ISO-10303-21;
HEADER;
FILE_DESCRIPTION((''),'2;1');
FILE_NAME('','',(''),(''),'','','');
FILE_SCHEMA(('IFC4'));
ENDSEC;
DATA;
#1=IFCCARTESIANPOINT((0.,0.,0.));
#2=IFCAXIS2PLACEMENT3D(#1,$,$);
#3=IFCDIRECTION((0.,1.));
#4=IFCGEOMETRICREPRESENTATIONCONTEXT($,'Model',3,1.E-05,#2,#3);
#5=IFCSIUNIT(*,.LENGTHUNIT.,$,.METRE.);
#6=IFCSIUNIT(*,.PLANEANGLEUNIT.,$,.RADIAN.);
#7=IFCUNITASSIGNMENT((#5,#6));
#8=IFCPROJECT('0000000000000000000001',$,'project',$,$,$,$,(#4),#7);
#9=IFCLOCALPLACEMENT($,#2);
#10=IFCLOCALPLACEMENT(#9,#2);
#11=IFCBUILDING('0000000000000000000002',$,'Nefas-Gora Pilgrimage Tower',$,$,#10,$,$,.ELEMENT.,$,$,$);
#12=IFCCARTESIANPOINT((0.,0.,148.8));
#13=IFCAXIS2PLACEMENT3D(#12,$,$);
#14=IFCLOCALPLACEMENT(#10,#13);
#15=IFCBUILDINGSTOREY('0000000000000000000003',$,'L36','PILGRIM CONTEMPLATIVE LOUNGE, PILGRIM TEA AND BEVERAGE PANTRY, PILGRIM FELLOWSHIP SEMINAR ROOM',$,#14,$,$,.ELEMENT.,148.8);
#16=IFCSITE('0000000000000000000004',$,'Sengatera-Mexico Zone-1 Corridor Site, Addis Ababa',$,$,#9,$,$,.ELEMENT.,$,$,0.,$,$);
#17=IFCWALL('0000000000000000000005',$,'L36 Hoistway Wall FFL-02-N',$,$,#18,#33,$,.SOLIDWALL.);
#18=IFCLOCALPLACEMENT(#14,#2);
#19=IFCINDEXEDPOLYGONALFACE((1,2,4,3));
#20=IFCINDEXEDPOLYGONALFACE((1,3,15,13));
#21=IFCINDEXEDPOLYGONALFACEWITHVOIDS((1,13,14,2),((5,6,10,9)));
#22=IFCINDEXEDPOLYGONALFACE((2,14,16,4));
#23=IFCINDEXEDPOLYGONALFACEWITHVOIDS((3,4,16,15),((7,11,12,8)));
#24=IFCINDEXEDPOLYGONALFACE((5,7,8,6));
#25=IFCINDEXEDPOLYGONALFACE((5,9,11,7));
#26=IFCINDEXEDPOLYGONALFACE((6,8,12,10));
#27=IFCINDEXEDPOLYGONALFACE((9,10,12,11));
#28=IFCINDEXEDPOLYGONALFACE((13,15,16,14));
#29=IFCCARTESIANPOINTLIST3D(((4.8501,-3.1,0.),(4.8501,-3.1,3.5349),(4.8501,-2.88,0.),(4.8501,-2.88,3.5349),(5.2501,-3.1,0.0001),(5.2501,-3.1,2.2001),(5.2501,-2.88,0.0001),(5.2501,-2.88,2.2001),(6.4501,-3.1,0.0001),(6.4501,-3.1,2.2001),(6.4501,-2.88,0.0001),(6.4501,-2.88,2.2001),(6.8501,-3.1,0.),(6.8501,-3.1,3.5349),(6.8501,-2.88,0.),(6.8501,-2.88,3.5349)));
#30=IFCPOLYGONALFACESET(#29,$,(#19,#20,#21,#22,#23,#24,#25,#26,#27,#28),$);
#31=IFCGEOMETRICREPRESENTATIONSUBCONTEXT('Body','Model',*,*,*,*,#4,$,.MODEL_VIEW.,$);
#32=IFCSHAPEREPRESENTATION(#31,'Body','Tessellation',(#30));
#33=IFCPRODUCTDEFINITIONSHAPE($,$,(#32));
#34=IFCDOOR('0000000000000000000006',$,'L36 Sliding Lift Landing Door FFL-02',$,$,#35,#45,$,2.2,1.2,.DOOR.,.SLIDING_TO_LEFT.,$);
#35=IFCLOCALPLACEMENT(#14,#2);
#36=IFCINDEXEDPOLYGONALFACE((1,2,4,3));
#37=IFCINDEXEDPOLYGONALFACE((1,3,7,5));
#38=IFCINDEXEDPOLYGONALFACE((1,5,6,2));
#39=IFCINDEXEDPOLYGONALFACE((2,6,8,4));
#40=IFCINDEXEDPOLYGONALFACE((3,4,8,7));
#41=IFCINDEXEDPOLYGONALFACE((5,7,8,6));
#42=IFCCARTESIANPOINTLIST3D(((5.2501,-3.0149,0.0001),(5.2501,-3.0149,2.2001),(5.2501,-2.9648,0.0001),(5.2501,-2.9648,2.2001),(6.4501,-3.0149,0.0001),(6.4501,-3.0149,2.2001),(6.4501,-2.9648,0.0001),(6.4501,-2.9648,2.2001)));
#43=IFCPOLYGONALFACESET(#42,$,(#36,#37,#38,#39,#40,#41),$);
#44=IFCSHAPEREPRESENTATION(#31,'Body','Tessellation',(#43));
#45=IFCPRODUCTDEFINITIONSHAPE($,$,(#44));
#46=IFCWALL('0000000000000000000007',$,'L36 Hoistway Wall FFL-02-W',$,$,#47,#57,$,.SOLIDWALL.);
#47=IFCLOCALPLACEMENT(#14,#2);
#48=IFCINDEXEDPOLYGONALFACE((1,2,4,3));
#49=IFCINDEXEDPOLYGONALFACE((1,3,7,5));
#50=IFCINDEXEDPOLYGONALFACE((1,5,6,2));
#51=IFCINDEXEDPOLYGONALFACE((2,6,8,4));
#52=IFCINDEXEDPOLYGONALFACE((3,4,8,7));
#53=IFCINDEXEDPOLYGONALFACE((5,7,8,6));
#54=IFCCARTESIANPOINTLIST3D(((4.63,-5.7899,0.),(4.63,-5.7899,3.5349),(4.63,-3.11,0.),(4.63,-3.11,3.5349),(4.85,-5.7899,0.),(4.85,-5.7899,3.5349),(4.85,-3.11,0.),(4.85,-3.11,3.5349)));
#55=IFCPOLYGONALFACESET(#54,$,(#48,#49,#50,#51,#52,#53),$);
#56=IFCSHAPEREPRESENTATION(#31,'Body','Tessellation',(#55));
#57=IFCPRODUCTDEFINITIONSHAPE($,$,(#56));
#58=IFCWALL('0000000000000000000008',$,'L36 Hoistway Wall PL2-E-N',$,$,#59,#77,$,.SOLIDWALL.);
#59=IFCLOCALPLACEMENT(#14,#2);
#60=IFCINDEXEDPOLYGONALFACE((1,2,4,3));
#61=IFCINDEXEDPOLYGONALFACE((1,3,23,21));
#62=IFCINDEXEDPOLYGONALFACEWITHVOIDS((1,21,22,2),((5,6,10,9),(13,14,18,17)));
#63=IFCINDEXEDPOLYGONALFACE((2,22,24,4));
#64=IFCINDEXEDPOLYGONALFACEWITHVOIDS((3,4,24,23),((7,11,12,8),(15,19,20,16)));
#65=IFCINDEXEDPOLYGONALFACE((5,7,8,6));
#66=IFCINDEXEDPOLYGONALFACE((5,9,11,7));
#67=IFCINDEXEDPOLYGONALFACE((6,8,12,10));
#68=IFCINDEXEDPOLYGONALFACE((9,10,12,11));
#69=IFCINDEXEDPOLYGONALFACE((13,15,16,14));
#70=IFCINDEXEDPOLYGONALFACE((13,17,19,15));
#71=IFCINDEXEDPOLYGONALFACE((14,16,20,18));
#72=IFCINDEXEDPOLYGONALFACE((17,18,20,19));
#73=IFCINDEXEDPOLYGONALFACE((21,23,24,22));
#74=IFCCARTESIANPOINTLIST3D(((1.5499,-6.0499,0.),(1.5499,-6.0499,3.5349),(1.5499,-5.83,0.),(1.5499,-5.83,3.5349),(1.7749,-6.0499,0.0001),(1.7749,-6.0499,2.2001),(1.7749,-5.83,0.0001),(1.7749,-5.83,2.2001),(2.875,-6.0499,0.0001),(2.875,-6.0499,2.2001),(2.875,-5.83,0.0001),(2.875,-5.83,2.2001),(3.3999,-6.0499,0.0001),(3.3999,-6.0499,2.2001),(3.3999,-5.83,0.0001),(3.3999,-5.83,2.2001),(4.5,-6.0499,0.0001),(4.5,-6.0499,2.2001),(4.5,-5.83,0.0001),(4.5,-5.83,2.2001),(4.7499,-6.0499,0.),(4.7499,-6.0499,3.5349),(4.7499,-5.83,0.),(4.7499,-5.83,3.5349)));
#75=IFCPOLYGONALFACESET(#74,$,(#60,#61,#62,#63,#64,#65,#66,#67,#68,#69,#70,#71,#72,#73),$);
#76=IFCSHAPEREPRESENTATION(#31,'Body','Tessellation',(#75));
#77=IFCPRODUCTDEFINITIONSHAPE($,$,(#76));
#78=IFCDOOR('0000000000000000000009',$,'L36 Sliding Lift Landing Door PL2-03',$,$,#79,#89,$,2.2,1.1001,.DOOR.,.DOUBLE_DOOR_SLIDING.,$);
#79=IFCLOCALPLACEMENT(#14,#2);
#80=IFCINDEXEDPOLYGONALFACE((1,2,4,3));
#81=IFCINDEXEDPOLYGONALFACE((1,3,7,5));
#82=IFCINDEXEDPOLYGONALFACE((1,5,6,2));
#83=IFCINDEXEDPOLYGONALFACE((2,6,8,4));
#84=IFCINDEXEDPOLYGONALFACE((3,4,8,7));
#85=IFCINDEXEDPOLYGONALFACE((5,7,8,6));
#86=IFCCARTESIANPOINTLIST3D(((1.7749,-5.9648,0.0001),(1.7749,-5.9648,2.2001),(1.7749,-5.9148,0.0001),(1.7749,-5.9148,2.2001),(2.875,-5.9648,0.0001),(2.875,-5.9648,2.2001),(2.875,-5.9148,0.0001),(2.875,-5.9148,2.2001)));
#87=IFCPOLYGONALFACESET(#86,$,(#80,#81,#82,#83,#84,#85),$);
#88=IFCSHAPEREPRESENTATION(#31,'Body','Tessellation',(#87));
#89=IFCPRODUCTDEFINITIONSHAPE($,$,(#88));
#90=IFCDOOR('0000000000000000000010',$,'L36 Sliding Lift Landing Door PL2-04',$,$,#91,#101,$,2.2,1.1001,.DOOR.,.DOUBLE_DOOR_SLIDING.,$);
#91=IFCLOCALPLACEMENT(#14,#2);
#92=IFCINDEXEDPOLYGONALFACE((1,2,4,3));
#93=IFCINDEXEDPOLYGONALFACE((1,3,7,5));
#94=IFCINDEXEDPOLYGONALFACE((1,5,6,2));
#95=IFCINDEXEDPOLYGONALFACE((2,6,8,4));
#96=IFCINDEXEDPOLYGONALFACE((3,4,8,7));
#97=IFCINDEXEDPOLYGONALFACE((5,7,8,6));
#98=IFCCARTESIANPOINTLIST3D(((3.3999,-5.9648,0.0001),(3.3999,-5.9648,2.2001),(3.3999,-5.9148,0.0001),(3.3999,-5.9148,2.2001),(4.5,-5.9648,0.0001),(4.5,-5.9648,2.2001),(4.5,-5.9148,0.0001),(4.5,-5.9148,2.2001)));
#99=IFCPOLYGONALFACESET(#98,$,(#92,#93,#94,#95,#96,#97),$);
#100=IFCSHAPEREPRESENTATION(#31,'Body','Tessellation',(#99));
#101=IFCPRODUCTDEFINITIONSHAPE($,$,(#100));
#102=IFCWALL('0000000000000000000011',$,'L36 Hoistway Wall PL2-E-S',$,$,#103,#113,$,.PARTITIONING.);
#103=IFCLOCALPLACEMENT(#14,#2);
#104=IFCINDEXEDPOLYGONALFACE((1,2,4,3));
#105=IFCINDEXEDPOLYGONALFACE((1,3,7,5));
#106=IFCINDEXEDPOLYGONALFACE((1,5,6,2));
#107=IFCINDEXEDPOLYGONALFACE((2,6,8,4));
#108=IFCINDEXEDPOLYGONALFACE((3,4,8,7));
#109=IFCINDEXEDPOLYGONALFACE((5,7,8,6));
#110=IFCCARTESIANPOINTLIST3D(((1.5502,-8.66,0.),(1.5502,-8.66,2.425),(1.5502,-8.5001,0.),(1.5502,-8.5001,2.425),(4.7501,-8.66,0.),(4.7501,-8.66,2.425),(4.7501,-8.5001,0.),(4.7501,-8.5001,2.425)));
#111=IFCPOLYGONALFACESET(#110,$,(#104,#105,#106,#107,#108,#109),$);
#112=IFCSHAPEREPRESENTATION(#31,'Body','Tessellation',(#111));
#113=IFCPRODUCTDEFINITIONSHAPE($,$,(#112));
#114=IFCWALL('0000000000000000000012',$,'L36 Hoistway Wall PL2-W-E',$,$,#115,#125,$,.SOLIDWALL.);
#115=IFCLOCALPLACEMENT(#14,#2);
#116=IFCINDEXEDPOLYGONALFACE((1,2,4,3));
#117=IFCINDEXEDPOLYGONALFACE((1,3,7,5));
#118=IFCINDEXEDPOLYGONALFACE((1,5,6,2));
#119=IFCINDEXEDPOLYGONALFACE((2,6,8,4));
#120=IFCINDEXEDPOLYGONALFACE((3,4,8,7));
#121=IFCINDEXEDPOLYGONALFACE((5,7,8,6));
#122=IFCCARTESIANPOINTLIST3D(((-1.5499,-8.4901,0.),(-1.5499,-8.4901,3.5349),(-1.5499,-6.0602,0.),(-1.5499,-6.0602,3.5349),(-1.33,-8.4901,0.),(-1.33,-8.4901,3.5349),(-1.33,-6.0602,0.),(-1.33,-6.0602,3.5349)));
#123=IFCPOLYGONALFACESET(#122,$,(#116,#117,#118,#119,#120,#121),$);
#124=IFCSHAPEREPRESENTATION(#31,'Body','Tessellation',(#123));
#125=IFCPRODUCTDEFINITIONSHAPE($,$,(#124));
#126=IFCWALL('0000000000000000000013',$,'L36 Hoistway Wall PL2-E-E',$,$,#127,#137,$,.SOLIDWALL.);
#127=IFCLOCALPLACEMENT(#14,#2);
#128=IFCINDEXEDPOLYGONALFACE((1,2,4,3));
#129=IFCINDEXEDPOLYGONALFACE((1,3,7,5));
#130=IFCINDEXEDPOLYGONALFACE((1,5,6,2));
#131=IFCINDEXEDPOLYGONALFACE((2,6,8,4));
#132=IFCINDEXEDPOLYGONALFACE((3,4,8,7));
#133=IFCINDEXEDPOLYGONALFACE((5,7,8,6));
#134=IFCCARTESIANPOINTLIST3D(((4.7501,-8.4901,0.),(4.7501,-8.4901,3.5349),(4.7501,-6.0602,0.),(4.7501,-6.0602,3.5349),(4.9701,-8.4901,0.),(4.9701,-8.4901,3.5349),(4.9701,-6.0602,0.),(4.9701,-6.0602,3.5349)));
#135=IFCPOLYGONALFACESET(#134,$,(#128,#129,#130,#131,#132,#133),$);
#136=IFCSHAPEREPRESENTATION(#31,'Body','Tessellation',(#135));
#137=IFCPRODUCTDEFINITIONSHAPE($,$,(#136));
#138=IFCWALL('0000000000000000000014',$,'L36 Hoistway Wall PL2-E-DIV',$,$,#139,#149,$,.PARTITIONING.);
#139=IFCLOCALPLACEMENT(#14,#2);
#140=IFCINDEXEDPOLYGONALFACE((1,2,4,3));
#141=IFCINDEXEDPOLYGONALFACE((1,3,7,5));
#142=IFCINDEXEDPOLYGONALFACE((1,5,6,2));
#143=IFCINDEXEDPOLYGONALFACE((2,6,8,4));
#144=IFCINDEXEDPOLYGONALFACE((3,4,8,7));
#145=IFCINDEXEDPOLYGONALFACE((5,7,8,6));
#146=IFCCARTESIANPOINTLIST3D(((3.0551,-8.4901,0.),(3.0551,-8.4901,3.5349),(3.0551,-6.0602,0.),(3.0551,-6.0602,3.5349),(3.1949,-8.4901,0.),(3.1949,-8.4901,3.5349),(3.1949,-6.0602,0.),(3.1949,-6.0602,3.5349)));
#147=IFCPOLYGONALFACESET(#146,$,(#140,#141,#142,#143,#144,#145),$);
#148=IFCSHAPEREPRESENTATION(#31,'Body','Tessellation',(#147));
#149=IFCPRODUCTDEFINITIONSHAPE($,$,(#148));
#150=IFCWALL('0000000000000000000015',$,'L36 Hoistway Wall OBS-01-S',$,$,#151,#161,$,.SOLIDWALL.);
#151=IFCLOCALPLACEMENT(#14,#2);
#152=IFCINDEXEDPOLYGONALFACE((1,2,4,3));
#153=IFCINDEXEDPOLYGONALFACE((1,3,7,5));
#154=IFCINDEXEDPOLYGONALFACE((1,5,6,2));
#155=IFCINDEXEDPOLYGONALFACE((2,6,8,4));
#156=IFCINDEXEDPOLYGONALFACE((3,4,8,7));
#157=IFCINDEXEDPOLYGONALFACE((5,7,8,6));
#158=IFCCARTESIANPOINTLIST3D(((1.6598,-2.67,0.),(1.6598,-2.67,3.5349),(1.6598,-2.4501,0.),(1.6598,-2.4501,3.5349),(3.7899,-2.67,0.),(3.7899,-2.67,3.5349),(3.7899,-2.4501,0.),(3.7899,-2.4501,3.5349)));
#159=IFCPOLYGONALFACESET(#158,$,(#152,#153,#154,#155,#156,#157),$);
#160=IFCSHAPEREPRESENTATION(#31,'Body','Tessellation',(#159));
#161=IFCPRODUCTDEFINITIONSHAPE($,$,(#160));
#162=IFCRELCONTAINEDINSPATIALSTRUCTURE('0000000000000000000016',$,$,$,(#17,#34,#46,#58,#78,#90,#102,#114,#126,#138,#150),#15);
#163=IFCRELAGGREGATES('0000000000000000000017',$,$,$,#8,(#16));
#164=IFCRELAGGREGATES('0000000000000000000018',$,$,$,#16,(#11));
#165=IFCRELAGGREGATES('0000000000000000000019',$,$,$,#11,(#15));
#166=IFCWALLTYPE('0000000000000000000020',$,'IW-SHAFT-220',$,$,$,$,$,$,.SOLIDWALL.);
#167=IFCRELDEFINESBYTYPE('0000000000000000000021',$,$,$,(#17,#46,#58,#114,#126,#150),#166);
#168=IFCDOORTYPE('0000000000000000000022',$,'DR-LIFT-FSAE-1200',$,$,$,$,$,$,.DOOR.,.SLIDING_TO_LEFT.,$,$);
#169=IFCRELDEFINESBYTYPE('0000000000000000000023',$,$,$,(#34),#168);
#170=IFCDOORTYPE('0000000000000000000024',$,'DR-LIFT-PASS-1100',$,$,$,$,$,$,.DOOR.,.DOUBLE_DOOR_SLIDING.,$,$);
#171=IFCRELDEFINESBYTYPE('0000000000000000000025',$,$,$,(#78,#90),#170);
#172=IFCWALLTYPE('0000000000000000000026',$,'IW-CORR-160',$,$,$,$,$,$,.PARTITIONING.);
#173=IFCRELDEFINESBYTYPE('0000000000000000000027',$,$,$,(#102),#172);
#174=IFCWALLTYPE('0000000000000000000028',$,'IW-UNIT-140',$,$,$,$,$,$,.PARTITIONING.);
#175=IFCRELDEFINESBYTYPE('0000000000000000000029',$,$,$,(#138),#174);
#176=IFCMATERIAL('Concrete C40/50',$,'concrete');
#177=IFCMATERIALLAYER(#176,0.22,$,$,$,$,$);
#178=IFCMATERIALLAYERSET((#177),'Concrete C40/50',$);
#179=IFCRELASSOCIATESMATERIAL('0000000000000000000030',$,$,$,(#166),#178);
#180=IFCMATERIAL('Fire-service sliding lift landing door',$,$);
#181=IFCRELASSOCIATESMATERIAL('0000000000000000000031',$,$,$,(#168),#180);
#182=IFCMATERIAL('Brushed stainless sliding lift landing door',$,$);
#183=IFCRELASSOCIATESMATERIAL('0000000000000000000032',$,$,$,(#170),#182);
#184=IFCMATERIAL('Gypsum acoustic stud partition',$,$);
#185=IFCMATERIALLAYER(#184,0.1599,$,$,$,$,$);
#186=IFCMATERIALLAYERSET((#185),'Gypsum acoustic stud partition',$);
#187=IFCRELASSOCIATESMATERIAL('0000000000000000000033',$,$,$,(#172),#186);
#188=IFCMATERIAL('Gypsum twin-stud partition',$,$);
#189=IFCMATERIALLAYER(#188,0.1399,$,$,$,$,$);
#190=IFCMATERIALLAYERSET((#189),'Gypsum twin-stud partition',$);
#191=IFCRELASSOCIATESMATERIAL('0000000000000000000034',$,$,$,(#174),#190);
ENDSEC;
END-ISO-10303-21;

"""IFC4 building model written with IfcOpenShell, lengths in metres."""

from ifc_helpers import new_model, si_unit, direction, frame, frame_2d, origin, place, context, subcontext, project, spatial, rectangle, extrude, source, transform, mapped, material, layer, layer_set, type_object, element, fill, save


model = new_model("IFC4")

# Units and contexts
model_context = context("Model", 3, precision=1e-05, world=origin(), true_north=direction((0.0, 1.0)))
body_context = subcontext(model_context, "Body", "Model", "MODEL_VIEW")
ifc_project = project(units=[si_unit("LENGTHUNIT", "METRE"), si_unit("PLANEANGLEUNIT", "RADIAN")], contexts=[model_context])

# Site, building, storey
site_placement = place(None, origin())
site = spatial("IfcSite", under=ifc_project, at=site_placement, Name="Sengatera-Mexico Zone-1 Corridor Site, Addis Ababa", CompositionType="ELEMENT", RefElevation=0.0)
building_placement = place(site_placement, origin())
building = spatial("IfcBuilding", under=site, at=building_placement, Name="Nefas-Gora Pilgrimage Tower", CompositionType="ELEMENT")
storey_placement = place(building_placement, frame((0.0, 0.0, 148.8)))
storey = spatial("IfcBuildingStorey", under=building, at=storey_placement, Name="L36", Description="PILGRIM CONTEMPLATIVE LOUNGE, PILGRIM TEA AND BEVERAGE PANTRY, PILGRIM FELLOWSHIP SEMINAR ROOM", CompositionType="ELEMENT", Elevation=148.8)

# Shared definitions
ifc_material_1 = material(Name="Concrete C40/50", Category="concrete")

# Wall, opening, door
ifc_layer_1 = layer(ifc_material_1, 0.22)
ifc_layer_set_1 = layer_set([ifc_layer_1], Name="Concrete C40/50")
wall_type_1 = type_object("IfcWallType", Name="IW-SHAFT-220", PredefinedType="SOLIDWALL", material=ifc_layer_set_1)
shared_shape_1 = source(origin(), body_context, "Body", "SweptSolid", [
    extrude(rectangle(XDim=2.0, YDim=0.22, at=frame_2d((1.0, 0.0))), origin(), (0.0, 0.0, 1.0), 3.5349),
])
wall_1_placement = place(storey_placement, frame((6.8501, -2.99, 0.0), z_axis=(0.0, 0.0, 1.0), x_axis=(-1.0, 0.0, 0.0)))
wall_1 = element("IfcWall", 1, at=wall_1_placement, inside=storey, type_object=wall_type_1, Name="L36 Hoistway Wall FFL-02-N", PredefinedType="SOLIDWALL", context=body_context, shape_type="MappedRepresentation", body=[
    mapped(shared_shape_1, transform((0.0, 0.0, 0.0), x_axis=(1.0, 0.0, 0.0), y_axis=(0.0, 1.0, 0.0), z_axis=(0.0, 0.0, 1.0), scale=1.0)),
])
opening_1_placement = place(wall_1_placement, frame((0.3999, 0.0, 0.0)))
opening_1 = element("IfcOpeningElement", 2, at=opening_1_placement, cuts=wall_1, PredefinedType="OPENING", context=body_context, shape_type="SweptSolid", body=[
    extrude(rectangle(XDim=1.2, YDim=2.2, at=frame_2d((0.6001, 1.1001))), frame((0.0, 0.1199, 0.0), z_axis=(0.0, -1.0, 0.0), x_axis=(1.0, 0.0, 0.0)), (0.0, 0.0, 1.0), 0.24),
])
ifc_material_2 = material(Name="Fire-service sliding lift landing door")
door_type_1 = type_object("IfcDoorType", Name="DR-LIFT-FSAE-1200", OperationType="SLIDING_TO_LEFT", PredefinedType="DOOR", material=ifc_material_2)
shared_shape_2 = source(origin(), body_context, "Body", "SweptSolid", [
    extrude(rectangle(XDim=1.2, YDim=2.2, at=frame_2d((0.6001, 1.1001))), frame((0.0, 0.0249, 0.0), z_axis=(0.0, -1.0, 0.0), x_axis=(1.0, 0.0, 0.0)), (0.0, 0.0, 1.0), 0.05),
])
door_1_placement = place(opening_1_placement, origin())
door_1 = element("IfcDoor", 3, at=door_1_placement, inside=storey, type_object=door_type_1, Name="L36 Sliding Lift Landing Door FFL-02", OperationType="SLIDING_TO_LEFT", OverallHeight=2.2, OverallWidth=1.2, PredefinedType="DOOR", context=body_context, shape_type="MappedRepresentation", body=[
    mapped(shared_shape_2, transform((0.0, 0.0, 0.0), x_axis=(1.0, 0.0, 0.0), y_axis=(0.0, 1.0, 0.0), z_axis=(0.0, 0.0, 1.0), scale=1.0)),
])
fill(opening_1, door_1)

# Wall
shared_shape_3 = source(origin(), body_context, "Body", "SweptSolid", [
    extrude(rectangle(XDim=2.6799, YDim=0.22, at=frame_2d((1.3398, 0.0))), origin(), (0.0, 0.0, 1.0), 3.5349),
])
wall_2_placement = place(storey_placement, frame((4.74, -3.1101, 0.0), z_axis=(0.0, 0.0, 1.0), x_axis=(0.0, -1.0, 0.0)))
element("IfcWall", 4, at=wall_2_placement, inside=storey, type_object=wall_type_1, Name="L36 Hoistway Wall FFL-02-W", PredefinedType="SOLIDWALL", context=body_context, shape_type="MappedRepresentation", body=[
    mapped(shared_shape_3, transform((0.0, 0.0, 0.0), x_axis=(1.0, 0.0, 0.0), y_axis=(0.0, 1.0, 0.0), z_axis=(0.0, 0.0, 1.0), scale=1.0)),
])

# Wall, openings, doors
shared_shape_4 = source(origin(), body_context, "Body", "SweptSolid", [
    extrude(rectangle(XDim=3.2, YDim=0.22, at=frame_2d((1.6001, 0.0))), origin(), (0.0, 0.0, 1.0), 3.5349),
])
wall_3_placement = place(storey_placement, frame((4.75, -5.9399, 0.0), z_axis=(0.0, 0.0, 1.0), x_axis=(-1.0, 0.0, 0.0)))
wall_3 = element("IfcWall", 5, at=wall_3_placement, inside=storey, type_object=wall_type_1, Name="L36 Hoistway Wall PL2-E-N", PredefinedType="SOLIDWALL", context=body_context, shape_type="MappedRepresentation", body=[
    mapped(shared_shape_4, transform((0.0, 0.0, 0.0), x_axis=(1.0, 0.0, 0.0), y_axis=(0.0, 1.0, 0.0), z_axis=(0.0, 0.0, 1.0), scale=1.0)),
])
opening_2_placement = place(wall_3_placement, frame((1.875, 0.0, 0.0)))
opening_2 = element("IfcOpeningElement", 6, at=opening_2_placement, cuts=wall_3, PredefinedType="OPENING", context=body_context, shape_type="SweptSolid", body=[
    extrude(rectangle(XDim=1.1001, YDim=2.2, at=frame_2d((0.55, 1.1001))), frame((0.0, 0.1199, 0.0), z_axis=(0.0, -1.0, 0.0), x_axis=(1.0, 0.0, 0.0)), (0.0, 0.0, 1.0), 0.24),
])
opening_3_placement = place(wall_3_placement, frame((0.25, 0.0, 0.0)))
opening_3 = element("IfcOpeningElement", 7, at=opening_3_placement, cuts=wall_3, PredefinedType="OPENING", context=body_context, shape_type="SweptSolid", body=[
    extrude(rectangle(XDim=1.1001, YDim=2.2, at=frame_2d((0.55, 1.1001))), frame((0.0, 0.1199, 0.0), z_axis=(0.0, -1.0, 0.0), x_axis=(1.0, 0.0, 0.0)), (0.0, 0.0, 1.0), 0.24),
])
ifc_material_3 = material(Name="Brushed stainless sliding lift landing door")
door_type_2 = type_object("IfcDoorType", Name="DR-LIFT-PASS-1100", OperationType="DOUBLE_DOOR_SLIDING", PredefinedType="DOOR", material=ifc_material_3)
shared_shape_5 = source(origin(), body_context, "Body", "SweptSolid", [
    extrude(rectangle(XDim=1.1001, YDim=2.2, at=frame_2d((0.55, 1.1001))), frame((0.0, 0.0249, 0.0), z_axis=(0.0, -1.0, 0.0), x_axis=(1.0, 0.0, 0.0)), (0.0, 0.0, 1.0), 0.05),
])
door_2_placement = place(opening_2_placement, origin())
door_2 = element("IfcDoor", 8, at=door_2_placement, inside=storey, type_object=door_type_2, Name="L36 Sliding Lift Landing Door PL2-03", OperationType="DOUBLE_DOOR_SLIDING", OverallHeight=2.2, OverallWidth=1.1001, PredefinedType="DOOR", context=body_context, shape_type="MappedRepresentation", body=[
    mapped(shared_shape_5, transform((0.0, 0.0, 0.0), x_axis=(1.0, 0.0, 0.0), y_axis=(0.0, 1.0, 0.0), z_axis=(0.0, 0.0, 1.0), scale=1.0)),
])
fill(opening_2, door_2)
door_3_placement = place(opening_3_placement, origin())
door_3 = element("IfcDoor", 9, at=door_3_placement, inside=storey, type_object=door_type_2, Name="L36 Sliding Lift Landing Door PL2-04", OperationType="DOUBLE_DOOR_SLIDING", OverallHeight=2.2, OverallWidth=1.1001, PredefinedType="DOOR", context=body_context, shape_type="MappedRepresentation", body=[
    mapped(shared_shape_5, transform((0.0, 0.0, 0.0), x_axis=(1.0, 0.0, 0.0), y_axis=(0.0, 1.0, 0.0), z_axis=(0.0, 0.0, 1.0), scale=1.0)),
])
fill(opening_3, door_3)

# Walls
ifc_material_4 = material(Name="Gypsum acoustic stud partition")
ifc_layer_2 = layer(ifc_material_4, 0.1599)
ifc_layer_set_2 = layer_set([ifc_layer_2], Name="Gypsum acoustic stud partition")
wall_type_2 = type_object("IfcWallType", Name="IW-CORR-160", PredefinedType="PARTITIONING", material=ifc_layer_set_2)
shared_shape_6 = source(origin(), body_context, "Body", "SweptSolid", [
    extrude(rectangle(XDim=3.2, YDim=0.1599, at=frame_2d((1.6001, 0.0))), origin(), (0.0, 0.0, 1.0), 2.425),
])
wall_4_placement = place(storey_placement, frame((1.55, -8.5801, 0.0), z_axis=(0.0, 0.0, 1.0), x_axis=(1.0, 0.0, 0.0)))
element("IfcWall", 10, at=wall_4_placement, inside=storey, type_object=wall_type_2, Name="L36 Hoistway Wall PL2-E-S", PredefinedType="PARTITIONING", context=body_context, shape_type="MappedRepresentation", body=[
    mapped(shared_shape_6, transform((0.0, 0.0, 0.0), x_axis=(1.0, 0.0, 0.0), y_axis=(0.0, 1.0, 0.0), z_axis=(0.0, 0.0, 1.0), scale=1.0)),
])
shared_shape_7 = source(origin(), body_context, "Body", "SweptSolid", [
    extrude(rectangle(XDim=2.4299, YDim=0.22, at=frame_2d((1.2148, 0.0))), origin(), (0.0, 0.0, 1.0), 3.5349),
])
for number, where, z_axis, x_axis, name in (
    (11, (-1.4399, -8.49, 0.0), (0.0, 0.0, 1.0), (0.0, 1.0, 0.0), "L36 Hoistway Wall PL2-W-E"),
    (12, (4.8601, -8.49, 0.0), (0.0, 0.0, 1.0), (0.0, 1.0, 0.0), "L36 Hoistway Wall PL2-E-E"),
):
    element("IfcWall", number, at=place(storey_placement, frame(where, z_axis=z_axis, x_axis=x_axis)), inside=storey, type_object=wall_type_1, Name=name, PredefinedType="SOLIDWALL", context=body_context, shape_type="MappedRepresentation", body=[
        mapped(shared_shape_7, transform((0.0, 0.0, 0.0), x_axis=(1.0, 0.0, 0.0), y_axis=(0.0, 1.0, 0.0), z_axis=(0.0, 0.0, 1.0), scale=1.0)),
    ])
ifc_material_5 = material(Name="Gypsum twin-stud partition")
ifc_layer_3 = layer(ifc_material_5, 0.1399)
ifc_layer_set_3 = layer_set([ifc_layer_3], Name="Gypsum twin-stud partition")
wall_type_3 = type_object("IfcWallType", Name="IW-UNIT-140", PredefinedType="PARTITIONING", material=ifc_layer_set_3)
shared_shape_8 = source(origin(), body_context, "Body", "SweptSolid", [
    extrude(rectangle(XDim=2.4299, YDim=0.1399, at=frame_2d((1.2148, 0.0))), origin(), (0.0, 0.0, 1.0), 3.5349),
])
wall_5_placement = place(storey_placement, frame((3.125, -8.49, 0.0), z_axis=(0.0, 0.0, 1.0), x_axis=(0.0, 1.0, 0.0)))
element("IfcWall", 13, at=wall_5_placement, inside=storey, type_object=wall_type_3, Name="L36 Hoistway Wall PL2-E-DIV", PredefinedType="PARTITIONING", context=body_context, shape_type="MappedRepresentation", body=[
    mapped(shared_shape_8, transform((0.0, 0.0, 0.0), x_axis=(1.0, 0.0, 0.0), y_axis=(0.0, 1.0, 0.0), z_axis=(0.0, 0.0, 1.0), scale=1.0)),
])
shared_shape_9 = source(origin(), body_context, "Body", "SweptSolid", [
    extrude(rectangle(XDim=2.1301, YDim=0.22, at=frame_2d((1.0649, 0.0))), origin(), (0.0, 0.0, 1.0), 3.5349),
])
wall_6_placement = place(storey_placement, frame((1.6599, -2.5601, 0.0), z_axis=(0.0, 0.0, 1.0), x_axis=(1.0, 0.0, 0.0)))
element("IfcWall", 14, at=wall_6_placement, inside=storey, type_object=wall_type_1, Name="L36 Hoistway Wall OBS-01-S", PredefinedType="SOLIDWALL", context=body_context, shape_type="MappedRepresentation", body=[
    mapped(shared_shape_9, transform((0.0, 0.0, 0.0), x_axis=(1.0, 0.0, 0.0), y_axis=(0.0, 1.0, 0.0), z_axis=(0.0, 0.0, 1.0), scale=1.0)),
])

save(model, "model.ifc")
